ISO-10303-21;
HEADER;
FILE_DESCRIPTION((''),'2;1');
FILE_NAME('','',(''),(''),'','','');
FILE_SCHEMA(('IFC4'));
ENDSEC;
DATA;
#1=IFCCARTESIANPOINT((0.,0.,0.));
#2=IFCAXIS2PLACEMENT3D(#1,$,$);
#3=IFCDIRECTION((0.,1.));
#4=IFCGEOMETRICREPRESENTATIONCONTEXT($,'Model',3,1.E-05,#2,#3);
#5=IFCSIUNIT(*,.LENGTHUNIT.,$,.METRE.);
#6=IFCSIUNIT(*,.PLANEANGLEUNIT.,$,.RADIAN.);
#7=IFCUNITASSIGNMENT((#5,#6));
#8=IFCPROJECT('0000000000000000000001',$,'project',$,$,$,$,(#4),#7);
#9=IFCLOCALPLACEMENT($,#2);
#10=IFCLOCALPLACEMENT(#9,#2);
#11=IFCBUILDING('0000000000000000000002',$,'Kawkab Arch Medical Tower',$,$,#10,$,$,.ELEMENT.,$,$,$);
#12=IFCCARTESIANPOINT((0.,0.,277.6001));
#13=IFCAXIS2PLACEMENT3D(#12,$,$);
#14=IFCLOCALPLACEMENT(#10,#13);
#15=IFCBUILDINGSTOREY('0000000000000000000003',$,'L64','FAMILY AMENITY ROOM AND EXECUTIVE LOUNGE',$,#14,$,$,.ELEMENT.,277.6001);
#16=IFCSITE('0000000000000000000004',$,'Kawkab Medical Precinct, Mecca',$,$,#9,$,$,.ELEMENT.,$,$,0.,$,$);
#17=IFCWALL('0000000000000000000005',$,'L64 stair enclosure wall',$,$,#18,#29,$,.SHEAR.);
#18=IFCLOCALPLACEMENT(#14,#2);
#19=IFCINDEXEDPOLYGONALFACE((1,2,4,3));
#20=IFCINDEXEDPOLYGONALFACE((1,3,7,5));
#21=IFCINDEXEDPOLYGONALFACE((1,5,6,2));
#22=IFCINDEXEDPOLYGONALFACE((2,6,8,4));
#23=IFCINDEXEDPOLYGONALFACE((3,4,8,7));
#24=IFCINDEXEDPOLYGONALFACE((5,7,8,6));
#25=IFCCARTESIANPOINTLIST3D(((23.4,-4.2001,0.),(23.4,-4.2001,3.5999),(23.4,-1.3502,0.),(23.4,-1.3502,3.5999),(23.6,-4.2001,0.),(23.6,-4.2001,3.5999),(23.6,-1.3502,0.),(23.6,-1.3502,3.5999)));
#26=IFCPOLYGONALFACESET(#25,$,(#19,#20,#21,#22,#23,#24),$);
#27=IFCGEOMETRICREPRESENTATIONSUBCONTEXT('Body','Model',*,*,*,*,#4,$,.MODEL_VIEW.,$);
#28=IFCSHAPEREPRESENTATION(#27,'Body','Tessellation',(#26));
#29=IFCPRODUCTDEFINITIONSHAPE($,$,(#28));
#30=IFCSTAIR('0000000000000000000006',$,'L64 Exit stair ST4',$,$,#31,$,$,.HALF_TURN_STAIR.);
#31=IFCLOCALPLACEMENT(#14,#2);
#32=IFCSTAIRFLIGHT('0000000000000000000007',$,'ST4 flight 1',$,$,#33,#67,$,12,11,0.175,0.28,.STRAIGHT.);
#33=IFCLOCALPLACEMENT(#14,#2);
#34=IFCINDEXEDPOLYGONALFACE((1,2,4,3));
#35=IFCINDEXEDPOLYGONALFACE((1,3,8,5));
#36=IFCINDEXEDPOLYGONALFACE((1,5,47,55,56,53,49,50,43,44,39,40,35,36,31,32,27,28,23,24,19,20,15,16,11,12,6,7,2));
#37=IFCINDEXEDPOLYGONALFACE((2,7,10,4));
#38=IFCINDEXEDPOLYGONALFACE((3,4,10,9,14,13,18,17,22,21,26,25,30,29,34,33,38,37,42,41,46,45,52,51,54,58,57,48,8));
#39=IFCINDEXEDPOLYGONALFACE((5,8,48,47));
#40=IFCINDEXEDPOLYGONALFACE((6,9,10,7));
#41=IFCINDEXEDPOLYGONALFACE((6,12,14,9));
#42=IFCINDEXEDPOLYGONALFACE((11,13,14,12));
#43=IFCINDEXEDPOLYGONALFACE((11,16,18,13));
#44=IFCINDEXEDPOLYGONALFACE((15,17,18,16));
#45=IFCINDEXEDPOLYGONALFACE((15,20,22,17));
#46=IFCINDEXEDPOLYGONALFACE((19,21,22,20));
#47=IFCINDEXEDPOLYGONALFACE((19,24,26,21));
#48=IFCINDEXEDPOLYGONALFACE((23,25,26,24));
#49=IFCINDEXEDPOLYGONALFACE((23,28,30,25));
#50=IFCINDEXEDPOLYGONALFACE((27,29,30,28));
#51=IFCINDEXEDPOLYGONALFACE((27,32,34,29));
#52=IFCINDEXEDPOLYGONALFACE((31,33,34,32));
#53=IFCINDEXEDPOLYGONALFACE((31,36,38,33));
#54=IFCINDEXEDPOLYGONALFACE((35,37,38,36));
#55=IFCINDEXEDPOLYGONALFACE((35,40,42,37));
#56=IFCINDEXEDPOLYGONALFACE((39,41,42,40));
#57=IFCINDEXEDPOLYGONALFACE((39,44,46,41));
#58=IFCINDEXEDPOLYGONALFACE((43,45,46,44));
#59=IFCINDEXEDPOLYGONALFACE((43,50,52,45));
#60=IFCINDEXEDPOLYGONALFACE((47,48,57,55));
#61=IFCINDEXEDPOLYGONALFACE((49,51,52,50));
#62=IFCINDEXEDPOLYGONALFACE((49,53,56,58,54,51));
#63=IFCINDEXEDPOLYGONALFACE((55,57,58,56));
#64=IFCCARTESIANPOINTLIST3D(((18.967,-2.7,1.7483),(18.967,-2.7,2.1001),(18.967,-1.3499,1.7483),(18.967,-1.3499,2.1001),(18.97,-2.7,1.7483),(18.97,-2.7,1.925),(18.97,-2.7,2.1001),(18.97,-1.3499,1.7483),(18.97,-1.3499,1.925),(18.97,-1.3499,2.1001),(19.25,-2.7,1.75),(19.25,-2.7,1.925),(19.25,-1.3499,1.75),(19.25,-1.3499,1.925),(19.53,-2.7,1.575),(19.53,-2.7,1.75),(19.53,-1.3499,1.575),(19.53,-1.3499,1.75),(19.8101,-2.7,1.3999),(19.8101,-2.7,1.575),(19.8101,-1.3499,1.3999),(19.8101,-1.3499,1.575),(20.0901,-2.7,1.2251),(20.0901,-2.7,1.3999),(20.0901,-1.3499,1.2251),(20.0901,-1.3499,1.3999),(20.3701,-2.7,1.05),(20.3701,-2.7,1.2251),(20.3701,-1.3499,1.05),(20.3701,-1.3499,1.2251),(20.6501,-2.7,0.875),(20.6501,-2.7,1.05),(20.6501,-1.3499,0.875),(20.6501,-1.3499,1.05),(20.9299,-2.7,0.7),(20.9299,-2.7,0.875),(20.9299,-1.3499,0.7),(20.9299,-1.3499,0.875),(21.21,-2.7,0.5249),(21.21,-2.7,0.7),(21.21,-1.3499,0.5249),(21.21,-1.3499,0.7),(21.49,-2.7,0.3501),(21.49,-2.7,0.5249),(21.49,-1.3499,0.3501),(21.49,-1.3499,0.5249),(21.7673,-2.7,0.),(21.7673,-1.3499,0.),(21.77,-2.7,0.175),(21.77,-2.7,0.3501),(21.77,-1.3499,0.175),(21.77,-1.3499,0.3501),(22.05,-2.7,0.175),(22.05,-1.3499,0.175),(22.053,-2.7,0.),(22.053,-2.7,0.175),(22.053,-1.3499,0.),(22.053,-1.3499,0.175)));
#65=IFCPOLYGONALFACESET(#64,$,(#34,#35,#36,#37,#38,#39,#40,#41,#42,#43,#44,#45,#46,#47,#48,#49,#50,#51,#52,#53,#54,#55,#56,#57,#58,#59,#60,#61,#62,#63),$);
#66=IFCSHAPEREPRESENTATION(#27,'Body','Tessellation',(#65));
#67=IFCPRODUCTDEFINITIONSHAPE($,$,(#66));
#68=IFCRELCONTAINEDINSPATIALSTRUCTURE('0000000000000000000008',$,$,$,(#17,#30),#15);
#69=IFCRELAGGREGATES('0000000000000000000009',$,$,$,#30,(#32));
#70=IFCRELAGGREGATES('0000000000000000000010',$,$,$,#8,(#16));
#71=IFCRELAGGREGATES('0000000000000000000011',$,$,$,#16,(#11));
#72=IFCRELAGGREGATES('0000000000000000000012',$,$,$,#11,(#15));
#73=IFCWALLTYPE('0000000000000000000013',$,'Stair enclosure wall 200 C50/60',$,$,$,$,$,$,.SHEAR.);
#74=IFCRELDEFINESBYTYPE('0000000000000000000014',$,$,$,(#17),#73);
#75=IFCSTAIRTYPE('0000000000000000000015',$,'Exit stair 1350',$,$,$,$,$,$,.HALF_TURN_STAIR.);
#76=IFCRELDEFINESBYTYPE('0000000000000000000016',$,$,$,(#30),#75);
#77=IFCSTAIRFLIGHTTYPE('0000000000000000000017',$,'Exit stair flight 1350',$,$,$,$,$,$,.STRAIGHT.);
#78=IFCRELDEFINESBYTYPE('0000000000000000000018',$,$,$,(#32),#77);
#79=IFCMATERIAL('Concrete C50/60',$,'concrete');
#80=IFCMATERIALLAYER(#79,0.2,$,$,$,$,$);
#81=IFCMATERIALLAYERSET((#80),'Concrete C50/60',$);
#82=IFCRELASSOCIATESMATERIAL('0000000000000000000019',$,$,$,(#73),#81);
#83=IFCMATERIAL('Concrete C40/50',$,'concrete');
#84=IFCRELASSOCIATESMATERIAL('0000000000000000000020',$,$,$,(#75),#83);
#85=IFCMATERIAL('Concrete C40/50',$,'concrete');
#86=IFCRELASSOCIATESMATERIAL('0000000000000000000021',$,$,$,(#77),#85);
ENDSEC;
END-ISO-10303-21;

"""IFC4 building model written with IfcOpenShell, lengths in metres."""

from ifc_helpers import new_model, si_unit, direction, frame, frame_2d, origin, place, context, subcontext, project, spatial, polyline, rectangle, outline, extrude, material, layer, layer_set, type_object, element, aggregate, save


model = new_model("IFC4")

# Units and contexts
model_context = context("Model", 3, precision=1e-05, world=origin(), true_north=direction((0.0, 1.0)))
body_context = subcontext(model_context, "Body", "Model", "MODEL_VIEW")
ifc_project = project(units=[si_unit("LENGTHUNIT", "METRE"), si_unit("PLANEANGLEUNIT", "RADIAN")], contexts=[model_context])

# Site, building, storey
site_placement = place(None, origin())
site = spatial("IfcSite", under=ifc_project, at=site_placement, Name="Kawkab Medical Precinct, Mecca", CompositionType="ELEMENT", RefElevation=0.0)
building_placement = place(site_placement, origin())
building = spatial("IfcBuilding", under=site, at=building_placement, Name="Kawkab Arch Medical Tower", CompositionType="ELEMENT")
storey_placement = place(building_placement, frame((0.0, 0.0, 277.6001)))
storey = spatial("IfcBuildingStorey", under=building, at=storey_placement, Name="L64", Description="FAMILY AMENITY ROOM AND EXECUTIVE LOUNGE", CompositionType="ELEMENT", Elevation=277.6001)

# Shared definitions
placement = place(storey_placement, origin())

# Wall
ifc_material_1 = material(Name="Concrete C50/60", Category="concrete")
ifc_layer_1 = layer(ifc_material_1, 0.2)
ifc_layer_set_1 = layer_set([ifc_layer_1], Name="Concrete C50/60")
wall_type_1 = type_object("IfcWallType", Name="Stair enclosure wall 200 C50/60", PredefinedType="SHEAR", material=ifc_layer_set_1)
wall_1_placement = place(storey_placement, frame((23.5, -4.2, 0.0), z_axis=(0.0, 0.0, 1.0), x_axis=(0.0, 1.0, 0.0)))
element("IfcWall", 1, at=wall_1_placement, inside=storey, type_object=wall_type_1, Name="L64 stair enclosure wall", PredefinedType="SHEAR", context=body_context, shape_type="SweptSolid", body=[
    extrude(rectangle(XDim=2.8499, YDim=0.2, at=frame_2d((1.4248, 0.0))), origin(), (0.0, 0.0, 1.0), 3.5999),
])

# Stair, stair flight
ifc_material_2 = material(Name="Concrete C40/50", Category="concrete")
stair_type = type_object("IfcStairType", Name="Exit stair 1350", PredefinedType="HALF_TURN_STAIR", material=ifc_material_2)
stair = element("IfcStair", 2, at=placement, inside=storey, type_object=stair_type, Name="L64 Exit stair ST4", PredefinedType="HALF_TURN_STAIR")
ifc_material_3 = material(Name="Concrete C40/50", Category="concrete")
stair_flight_type = type_object("IfcStairFlightType", Name="Exit stair flight 1350", PredefinedType="STRAIGHT", material=ifc_material_3)
stair_flight_placement = place(storey_placement, frame((22.05, -2.0249, 0.0), z_axis=(0.0, 0.0, 1.0), x_axis=(-1.0, 0.0, 0.0)))
stair_flight = element("IfcStairFlight", 3, at=stair_flight_placement, type_object=stair_flight_type, Name="ST4 flight 1", NumberOfRisers=12, NumberOfTreads=11, PredefinedType="STRAIGHT", RiserHeight=0.175, TreadLength=0.28, context=body_context, shape_type="SweptSolid", body=[
    extrude(outline(polyline([(-0.0029, 0.0), (-0.0029, 0.175), (0.0, 0.175), (0.28, 0.175), (0.28, 0.3501), (0.5601, 0.3501), (0.5601, 0.5249), (0.8401, 0.5249), (0.8401, 0.7), (1.1201, 0.7), (1.1201, 0.875), (1.3999, 0.875), (1.3999, 1.05), (1.6799, 1.05), (1.6799, 1.2251), (1.96, 1.2251), (1.96, 1.3999), (2.24, 1.3999), (2.24, 1.575), (2.52, 1.575), (2.52, 1.75), (2.8, 1.75), (2.8, 1.925), (3.0801, 1.925), (3.0801, 2.1001), (3.083, 2.1001), (3.083, 1.7483), (3.0801, 1.7483), (0.2827, 0.0), (-0.0029, 0.0)])), frame((0.0, 0.675, 0.0), z_axis=(0.0, -1.0, 0.0), x_axis=(1.0, 0.0, 0.0)), (0.0, 0.0, 1.0), 1.3501),
])
aggregate(stair, [stair_flight])

save(model, "model.ifc")
